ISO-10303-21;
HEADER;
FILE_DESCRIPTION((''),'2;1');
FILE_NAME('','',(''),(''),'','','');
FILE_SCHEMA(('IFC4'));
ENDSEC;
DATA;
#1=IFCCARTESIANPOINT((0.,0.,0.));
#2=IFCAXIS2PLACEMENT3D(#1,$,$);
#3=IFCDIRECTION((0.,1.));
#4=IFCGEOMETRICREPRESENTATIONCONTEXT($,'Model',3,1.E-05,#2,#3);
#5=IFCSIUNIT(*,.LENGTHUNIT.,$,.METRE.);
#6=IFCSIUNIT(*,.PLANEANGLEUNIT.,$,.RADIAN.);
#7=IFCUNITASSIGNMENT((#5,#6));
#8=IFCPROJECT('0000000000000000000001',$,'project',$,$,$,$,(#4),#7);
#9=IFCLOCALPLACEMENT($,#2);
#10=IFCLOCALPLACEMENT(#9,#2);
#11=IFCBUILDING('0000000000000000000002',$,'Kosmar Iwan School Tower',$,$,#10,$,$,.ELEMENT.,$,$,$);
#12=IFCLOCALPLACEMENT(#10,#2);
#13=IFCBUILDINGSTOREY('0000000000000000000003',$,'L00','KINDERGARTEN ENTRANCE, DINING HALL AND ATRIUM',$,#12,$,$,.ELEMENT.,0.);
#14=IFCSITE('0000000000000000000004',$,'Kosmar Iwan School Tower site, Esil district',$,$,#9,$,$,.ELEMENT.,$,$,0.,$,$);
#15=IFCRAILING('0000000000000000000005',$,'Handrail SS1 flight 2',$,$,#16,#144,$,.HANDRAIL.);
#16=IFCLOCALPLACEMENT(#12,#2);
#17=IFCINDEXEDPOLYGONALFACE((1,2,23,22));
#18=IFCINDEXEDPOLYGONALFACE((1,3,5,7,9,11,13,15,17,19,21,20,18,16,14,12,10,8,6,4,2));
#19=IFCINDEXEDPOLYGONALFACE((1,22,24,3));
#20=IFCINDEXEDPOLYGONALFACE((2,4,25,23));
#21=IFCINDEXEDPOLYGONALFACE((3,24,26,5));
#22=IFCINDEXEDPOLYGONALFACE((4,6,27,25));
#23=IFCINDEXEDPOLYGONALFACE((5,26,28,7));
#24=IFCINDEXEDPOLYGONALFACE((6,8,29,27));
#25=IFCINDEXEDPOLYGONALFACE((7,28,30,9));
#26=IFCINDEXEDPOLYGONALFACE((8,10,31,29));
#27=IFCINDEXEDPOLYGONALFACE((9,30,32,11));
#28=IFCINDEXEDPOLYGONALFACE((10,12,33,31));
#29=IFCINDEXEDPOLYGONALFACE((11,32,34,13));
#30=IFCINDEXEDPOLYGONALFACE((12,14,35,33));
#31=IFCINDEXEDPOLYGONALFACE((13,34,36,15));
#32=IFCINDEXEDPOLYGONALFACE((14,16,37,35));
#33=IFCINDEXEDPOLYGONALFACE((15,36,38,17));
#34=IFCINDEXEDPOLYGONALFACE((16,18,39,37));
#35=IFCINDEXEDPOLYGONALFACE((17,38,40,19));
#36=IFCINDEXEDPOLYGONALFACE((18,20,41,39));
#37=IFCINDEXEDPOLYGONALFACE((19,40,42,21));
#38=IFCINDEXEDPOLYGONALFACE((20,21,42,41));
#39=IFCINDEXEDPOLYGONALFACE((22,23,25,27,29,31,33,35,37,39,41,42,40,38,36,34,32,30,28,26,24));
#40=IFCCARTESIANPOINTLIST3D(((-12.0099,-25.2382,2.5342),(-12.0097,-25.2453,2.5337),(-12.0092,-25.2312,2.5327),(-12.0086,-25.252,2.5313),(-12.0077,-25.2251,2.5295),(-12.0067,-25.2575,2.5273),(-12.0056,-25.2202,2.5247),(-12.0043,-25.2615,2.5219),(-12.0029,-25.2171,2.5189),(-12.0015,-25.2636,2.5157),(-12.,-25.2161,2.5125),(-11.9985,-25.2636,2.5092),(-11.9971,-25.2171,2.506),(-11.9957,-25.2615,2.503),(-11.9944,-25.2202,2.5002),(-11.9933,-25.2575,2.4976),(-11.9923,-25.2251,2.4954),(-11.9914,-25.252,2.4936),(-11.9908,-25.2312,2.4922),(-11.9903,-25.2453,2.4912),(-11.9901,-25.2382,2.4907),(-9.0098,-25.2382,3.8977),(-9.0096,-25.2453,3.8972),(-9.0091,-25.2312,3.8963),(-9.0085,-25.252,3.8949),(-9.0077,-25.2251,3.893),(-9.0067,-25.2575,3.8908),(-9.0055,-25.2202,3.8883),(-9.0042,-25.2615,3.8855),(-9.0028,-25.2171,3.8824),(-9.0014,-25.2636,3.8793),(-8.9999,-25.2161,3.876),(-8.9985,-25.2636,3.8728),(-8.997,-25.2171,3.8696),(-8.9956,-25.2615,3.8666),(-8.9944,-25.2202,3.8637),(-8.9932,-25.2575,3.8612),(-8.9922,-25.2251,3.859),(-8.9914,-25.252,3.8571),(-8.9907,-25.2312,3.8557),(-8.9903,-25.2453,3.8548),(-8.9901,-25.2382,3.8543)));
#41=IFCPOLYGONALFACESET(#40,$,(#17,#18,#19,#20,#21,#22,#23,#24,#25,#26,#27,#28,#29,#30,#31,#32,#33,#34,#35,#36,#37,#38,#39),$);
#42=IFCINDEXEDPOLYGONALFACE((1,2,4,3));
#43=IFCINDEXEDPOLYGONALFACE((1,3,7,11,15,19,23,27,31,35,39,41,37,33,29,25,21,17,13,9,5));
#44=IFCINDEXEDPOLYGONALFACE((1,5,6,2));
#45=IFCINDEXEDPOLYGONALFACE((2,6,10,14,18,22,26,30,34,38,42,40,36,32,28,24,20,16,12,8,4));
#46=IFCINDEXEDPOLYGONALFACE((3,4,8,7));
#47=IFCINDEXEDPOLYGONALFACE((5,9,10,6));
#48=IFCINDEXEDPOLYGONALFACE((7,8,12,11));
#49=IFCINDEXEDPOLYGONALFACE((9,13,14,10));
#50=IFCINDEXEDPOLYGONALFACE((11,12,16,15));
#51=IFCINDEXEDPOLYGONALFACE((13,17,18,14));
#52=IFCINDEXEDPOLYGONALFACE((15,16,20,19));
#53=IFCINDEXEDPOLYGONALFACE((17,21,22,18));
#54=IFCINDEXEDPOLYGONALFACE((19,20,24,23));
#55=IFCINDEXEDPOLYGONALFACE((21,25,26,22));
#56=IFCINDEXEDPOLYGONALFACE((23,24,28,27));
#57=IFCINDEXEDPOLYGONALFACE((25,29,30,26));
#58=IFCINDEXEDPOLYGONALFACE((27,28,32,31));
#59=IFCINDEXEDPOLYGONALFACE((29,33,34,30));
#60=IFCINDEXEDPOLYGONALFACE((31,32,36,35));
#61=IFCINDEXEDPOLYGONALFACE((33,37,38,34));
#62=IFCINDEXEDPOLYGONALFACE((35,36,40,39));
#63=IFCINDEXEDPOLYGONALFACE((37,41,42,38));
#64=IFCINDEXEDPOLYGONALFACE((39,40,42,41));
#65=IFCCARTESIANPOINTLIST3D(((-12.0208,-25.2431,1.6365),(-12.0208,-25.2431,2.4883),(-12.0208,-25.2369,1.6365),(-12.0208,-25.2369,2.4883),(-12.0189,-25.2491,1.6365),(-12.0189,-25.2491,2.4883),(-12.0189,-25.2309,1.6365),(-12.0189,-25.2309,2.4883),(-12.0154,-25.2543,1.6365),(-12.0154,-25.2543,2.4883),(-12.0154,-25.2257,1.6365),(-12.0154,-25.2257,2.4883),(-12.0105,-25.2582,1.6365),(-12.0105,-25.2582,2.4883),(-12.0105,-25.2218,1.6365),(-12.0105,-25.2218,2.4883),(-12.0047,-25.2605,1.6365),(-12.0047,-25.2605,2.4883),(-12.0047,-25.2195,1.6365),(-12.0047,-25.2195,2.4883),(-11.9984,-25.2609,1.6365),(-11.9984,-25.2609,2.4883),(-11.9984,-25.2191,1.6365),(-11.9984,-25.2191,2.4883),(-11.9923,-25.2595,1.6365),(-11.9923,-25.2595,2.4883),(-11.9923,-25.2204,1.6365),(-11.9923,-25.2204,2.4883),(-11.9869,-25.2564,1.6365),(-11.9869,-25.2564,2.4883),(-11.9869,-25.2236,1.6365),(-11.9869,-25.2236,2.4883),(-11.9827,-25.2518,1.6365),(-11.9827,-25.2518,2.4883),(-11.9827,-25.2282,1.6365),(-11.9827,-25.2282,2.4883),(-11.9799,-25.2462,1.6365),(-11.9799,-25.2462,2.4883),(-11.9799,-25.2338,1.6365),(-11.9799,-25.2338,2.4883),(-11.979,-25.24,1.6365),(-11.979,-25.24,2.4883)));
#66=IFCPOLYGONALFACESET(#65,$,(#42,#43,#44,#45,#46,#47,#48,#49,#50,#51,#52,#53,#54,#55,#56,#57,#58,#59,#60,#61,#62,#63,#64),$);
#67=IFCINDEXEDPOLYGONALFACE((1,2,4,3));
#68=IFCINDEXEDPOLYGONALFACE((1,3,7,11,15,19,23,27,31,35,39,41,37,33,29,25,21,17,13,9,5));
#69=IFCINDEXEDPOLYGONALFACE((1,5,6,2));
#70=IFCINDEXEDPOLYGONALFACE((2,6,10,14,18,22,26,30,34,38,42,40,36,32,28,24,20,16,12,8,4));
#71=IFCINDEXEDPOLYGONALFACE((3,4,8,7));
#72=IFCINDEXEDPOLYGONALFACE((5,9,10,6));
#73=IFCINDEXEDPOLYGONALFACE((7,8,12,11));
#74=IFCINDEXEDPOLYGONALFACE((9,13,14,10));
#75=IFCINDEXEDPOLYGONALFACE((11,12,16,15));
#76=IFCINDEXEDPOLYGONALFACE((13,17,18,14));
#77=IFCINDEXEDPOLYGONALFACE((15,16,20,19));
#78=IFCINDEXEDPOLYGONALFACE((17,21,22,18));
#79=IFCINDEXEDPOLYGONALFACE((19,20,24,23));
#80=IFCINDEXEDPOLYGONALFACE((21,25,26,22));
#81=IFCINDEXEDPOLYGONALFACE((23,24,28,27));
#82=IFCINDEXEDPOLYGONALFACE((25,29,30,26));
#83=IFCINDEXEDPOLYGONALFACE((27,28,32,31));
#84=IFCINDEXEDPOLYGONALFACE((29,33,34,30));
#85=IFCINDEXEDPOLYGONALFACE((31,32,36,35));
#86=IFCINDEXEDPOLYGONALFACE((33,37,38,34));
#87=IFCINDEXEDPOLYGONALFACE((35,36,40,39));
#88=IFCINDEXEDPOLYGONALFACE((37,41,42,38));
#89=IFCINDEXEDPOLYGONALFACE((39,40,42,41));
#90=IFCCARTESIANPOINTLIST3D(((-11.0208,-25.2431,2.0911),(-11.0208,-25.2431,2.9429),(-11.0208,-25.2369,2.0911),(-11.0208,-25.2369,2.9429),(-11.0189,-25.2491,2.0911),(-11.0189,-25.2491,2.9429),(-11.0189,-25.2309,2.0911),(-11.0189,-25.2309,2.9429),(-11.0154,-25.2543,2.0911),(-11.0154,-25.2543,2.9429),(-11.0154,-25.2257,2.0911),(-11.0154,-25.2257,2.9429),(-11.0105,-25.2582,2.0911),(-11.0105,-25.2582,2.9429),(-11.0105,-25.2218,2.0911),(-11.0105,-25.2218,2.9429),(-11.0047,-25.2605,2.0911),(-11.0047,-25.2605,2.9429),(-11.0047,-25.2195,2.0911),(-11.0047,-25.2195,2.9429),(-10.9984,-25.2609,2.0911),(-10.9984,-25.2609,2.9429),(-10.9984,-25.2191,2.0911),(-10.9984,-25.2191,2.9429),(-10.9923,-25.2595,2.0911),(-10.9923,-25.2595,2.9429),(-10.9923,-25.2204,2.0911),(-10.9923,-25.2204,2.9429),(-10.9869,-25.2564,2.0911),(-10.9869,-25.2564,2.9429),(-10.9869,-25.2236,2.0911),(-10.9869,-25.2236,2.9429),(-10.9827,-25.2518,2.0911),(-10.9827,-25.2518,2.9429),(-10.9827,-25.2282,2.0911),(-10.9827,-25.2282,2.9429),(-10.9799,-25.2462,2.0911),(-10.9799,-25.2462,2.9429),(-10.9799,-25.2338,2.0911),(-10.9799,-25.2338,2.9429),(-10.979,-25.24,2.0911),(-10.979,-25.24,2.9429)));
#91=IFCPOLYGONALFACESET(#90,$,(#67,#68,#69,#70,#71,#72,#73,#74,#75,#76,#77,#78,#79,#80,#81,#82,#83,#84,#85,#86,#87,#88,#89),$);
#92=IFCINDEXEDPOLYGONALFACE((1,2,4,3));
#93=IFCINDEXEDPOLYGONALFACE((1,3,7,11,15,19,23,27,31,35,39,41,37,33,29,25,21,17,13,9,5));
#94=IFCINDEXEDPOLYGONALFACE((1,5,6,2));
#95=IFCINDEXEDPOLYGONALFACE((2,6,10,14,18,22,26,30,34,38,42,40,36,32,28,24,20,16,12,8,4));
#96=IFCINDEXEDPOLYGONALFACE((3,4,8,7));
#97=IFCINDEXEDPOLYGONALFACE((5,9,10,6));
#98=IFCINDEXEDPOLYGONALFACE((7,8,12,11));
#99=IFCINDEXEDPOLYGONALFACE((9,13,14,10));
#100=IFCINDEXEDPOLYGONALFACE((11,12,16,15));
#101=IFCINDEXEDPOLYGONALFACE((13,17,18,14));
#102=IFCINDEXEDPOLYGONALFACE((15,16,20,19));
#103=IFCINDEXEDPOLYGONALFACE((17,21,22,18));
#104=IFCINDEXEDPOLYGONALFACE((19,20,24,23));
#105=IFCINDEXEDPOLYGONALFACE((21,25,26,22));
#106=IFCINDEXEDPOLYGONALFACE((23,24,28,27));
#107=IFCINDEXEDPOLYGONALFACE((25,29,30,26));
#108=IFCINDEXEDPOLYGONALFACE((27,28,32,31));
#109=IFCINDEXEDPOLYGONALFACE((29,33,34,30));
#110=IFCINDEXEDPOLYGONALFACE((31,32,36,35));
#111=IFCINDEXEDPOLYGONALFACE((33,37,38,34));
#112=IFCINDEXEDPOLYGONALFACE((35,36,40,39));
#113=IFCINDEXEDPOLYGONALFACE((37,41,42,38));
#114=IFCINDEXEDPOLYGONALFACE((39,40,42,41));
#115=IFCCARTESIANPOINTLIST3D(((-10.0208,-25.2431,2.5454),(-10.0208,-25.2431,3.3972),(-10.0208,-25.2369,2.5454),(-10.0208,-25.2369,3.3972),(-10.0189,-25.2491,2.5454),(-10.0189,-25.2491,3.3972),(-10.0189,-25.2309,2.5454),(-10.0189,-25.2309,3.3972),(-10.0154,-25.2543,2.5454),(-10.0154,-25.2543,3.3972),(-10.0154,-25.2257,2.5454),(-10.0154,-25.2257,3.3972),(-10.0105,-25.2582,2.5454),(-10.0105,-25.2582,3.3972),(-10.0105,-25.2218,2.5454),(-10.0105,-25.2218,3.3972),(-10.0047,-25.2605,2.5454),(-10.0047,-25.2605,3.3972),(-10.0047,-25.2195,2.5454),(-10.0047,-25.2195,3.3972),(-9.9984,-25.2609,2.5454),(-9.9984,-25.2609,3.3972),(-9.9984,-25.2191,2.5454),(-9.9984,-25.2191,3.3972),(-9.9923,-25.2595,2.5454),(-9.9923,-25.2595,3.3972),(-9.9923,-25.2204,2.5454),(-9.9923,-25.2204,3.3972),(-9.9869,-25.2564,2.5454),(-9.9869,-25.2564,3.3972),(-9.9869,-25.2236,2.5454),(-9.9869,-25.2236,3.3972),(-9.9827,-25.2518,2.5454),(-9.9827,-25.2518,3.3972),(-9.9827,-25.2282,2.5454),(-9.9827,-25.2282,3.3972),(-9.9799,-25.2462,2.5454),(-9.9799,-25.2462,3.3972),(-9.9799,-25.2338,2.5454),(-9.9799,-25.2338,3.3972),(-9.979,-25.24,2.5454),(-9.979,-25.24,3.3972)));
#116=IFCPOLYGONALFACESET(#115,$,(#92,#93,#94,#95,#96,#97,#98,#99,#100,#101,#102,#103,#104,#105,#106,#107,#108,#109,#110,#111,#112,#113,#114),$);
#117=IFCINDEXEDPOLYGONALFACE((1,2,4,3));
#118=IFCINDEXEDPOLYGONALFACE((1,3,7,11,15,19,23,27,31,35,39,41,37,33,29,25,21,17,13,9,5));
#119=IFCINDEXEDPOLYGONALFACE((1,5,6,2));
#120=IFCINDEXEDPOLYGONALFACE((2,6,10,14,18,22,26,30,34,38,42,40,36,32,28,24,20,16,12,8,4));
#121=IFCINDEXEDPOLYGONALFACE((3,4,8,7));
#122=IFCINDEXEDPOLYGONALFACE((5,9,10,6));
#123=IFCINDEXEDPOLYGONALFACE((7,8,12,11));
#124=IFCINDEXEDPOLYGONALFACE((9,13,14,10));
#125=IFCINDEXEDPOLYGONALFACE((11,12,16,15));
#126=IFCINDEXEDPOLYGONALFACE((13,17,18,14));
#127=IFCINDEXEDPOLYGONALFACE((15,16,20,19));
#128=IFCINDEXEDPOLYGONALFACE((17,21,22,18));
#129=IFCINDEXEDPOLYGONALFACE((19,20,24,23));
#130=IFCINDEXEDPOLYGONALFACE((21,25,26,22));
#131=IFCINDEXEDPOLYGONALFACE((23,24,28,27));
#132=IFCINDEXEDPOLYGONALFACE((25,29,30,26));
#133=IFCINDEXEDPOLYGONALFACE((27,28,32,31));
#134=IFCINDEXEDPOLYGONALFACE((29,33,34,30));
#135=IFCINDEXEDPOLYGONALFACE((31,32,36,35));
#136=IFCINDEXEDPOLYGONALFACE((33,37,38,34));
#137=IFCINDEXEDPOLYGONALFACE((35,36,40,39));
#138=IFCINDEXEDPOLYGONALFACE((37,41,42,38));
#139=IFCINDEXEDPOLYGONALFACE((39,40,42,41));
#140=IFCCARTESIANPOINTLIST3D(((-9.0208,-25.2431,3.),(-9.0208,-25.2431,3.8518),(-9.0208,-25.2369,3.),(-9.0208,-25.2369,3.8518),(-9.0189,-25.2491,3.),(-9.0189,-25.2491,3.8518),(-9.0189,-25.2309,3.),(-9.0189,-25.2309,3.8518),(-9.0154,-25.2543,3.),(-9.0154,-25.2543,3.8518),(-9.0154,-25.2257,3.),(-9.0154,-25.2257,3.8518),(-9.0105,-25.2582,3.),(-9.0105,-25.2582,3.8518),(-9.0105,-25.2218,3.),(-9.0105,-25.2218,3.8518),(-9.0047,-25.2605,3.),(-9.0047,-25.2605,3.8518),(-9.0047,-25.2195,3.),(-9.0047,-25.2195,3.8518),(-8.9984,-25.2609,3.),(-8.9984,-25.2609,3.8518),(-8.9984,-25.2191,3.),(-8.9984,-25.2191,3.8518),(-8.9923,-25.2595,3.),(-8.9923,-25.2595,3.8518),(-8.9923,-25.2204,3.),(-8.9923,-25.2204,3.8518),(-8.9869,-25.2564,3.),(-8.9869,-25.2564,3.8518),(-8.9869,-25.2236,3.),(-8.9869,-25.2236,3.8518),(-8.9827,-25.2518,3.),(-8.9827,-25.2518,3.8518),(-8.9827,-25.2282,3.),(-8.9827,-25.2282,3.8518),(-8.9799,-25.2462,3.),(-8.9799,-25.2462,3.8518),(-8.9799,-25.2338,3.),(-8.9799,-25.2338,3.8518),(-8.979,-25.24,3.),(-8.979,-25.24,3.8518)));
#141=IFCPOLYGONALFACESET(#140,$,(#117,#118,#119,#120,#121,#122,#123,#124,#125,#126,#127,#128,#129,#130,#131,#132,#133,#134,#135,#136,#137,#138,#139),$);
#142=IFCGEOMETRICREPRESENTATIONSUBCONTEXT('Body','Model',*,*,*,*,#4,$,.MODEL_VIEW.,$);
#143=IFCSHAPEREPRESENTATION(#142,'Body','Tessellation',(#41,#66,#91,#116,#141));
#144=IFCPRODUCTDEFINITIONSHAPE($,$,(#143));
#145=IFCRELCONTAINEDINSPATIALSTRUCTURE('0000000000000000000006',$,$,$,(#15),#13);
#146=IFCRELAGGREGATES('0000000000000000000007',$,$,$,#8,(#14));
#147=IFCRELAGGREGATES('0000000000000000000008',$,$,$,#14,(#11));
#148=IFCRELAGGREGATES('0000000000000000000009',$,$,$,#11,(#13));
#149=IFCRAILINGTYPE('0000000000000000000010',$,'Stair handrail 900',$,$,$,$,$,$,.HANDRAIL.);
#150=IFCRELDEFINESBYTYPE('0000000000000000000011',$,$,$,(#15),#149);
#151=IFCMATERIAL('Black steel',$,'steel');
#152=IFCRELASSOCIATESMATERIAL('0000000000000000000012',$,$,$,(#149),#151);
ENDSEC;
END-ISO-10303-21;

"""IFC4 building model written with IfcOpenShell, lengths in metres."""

from ifc_helpers import new_model, si_unit, direction, frame, origin, origin_2d, place, context, subcontext, project, spatial, circle, extrude, material, type_object, element, save


model = new_model("IFC4")

# Units and contexts
model_context = context("Model", 3, precision=1e-05, world=origin(), true_north=direction((0.0, 1.0)))
body_context = subcontext(model_context, "Body", "Model", "MODEL_VIEW")
ifc_project = project(units=[si_unit("LENGTHUNIT", "METRE"), si_unit("PLANEANGLEUNIT", "RADIAN")], contexts=[model_context])

# Site, building, storey
site_placement = place(None, origin())
site = spatial("IfcSite", under=ifc_project, at=site_placement, Name="Kosmar Iwan School Tower site, Esil district", CompositionType="ELEMENT", RefElevation=0.0)
building_placement = place(site_placement, origin())
building = spatial("IfcBuilding", under=site, at=building_placement, Name="Kosmar Iwan School Tower", CompositionType="ELEMENT")
storey_placement = place(building_placement, origin())
storey = spatial("IfcBuildingStorey", under=building, at=storey_placement, Name="L00", Description="KINDERGARTEN ENTRANCE, DINING HALL AND ATRIUM", CompositionType="ELEMENT", Elevation=0.0)

# Railing
ifc_material_1 = material(Name="Black steel", Category="steel")
railing_type = type_object("IfcRailingType", Name="Stair handrail 900", PredefinedType="HANDRAIL", material=ifc_material_1)
railing_1_placement = place(storey_placement, frame((-12.0, -25.24, 1.6365)))
element("IfcRailing", 1, at=railing_1_placement, inside=storey, type_object=railing_type, Name="Handrail SS1 flight 2", PredefinedType="HANDRAIL", context=body_context, shape_type="SweptSolid", body=[
    extrude(circle(Radius=0.0239, at=origin_2d()), frame((0.0, 0.0, 0.876), z_axis=(0.910379, 0.0, 0.413775), x_axis=(0.0, 1.0, 0.0)), (0.0, 0.0, 1.0), 3.2954),
    extrude(circle(Radius=0.021, at=origin_2d()), origin(), (0.0, 0.0, 1.0), 0.8518),
    extrude(circle(Radius=0.021, at=origin_2d()), frame((1.0, 0.0, 0.4546)), (0.0, 0.0, 1.0), 0.8518),
    extrude(circle(Radius=0.021, at=origin_2d()), frame((2.0, 0.0, 0.9089)), (0.0, 0.0, 1.0), 0.8518),
    extrude(circle(Radius=0.021, at=origin_2d()), frame((3.0, 0.0, 1.3635)), (0.0, 0.0, 1.0), 0.8518),
])

save(model, "model.ifc")
